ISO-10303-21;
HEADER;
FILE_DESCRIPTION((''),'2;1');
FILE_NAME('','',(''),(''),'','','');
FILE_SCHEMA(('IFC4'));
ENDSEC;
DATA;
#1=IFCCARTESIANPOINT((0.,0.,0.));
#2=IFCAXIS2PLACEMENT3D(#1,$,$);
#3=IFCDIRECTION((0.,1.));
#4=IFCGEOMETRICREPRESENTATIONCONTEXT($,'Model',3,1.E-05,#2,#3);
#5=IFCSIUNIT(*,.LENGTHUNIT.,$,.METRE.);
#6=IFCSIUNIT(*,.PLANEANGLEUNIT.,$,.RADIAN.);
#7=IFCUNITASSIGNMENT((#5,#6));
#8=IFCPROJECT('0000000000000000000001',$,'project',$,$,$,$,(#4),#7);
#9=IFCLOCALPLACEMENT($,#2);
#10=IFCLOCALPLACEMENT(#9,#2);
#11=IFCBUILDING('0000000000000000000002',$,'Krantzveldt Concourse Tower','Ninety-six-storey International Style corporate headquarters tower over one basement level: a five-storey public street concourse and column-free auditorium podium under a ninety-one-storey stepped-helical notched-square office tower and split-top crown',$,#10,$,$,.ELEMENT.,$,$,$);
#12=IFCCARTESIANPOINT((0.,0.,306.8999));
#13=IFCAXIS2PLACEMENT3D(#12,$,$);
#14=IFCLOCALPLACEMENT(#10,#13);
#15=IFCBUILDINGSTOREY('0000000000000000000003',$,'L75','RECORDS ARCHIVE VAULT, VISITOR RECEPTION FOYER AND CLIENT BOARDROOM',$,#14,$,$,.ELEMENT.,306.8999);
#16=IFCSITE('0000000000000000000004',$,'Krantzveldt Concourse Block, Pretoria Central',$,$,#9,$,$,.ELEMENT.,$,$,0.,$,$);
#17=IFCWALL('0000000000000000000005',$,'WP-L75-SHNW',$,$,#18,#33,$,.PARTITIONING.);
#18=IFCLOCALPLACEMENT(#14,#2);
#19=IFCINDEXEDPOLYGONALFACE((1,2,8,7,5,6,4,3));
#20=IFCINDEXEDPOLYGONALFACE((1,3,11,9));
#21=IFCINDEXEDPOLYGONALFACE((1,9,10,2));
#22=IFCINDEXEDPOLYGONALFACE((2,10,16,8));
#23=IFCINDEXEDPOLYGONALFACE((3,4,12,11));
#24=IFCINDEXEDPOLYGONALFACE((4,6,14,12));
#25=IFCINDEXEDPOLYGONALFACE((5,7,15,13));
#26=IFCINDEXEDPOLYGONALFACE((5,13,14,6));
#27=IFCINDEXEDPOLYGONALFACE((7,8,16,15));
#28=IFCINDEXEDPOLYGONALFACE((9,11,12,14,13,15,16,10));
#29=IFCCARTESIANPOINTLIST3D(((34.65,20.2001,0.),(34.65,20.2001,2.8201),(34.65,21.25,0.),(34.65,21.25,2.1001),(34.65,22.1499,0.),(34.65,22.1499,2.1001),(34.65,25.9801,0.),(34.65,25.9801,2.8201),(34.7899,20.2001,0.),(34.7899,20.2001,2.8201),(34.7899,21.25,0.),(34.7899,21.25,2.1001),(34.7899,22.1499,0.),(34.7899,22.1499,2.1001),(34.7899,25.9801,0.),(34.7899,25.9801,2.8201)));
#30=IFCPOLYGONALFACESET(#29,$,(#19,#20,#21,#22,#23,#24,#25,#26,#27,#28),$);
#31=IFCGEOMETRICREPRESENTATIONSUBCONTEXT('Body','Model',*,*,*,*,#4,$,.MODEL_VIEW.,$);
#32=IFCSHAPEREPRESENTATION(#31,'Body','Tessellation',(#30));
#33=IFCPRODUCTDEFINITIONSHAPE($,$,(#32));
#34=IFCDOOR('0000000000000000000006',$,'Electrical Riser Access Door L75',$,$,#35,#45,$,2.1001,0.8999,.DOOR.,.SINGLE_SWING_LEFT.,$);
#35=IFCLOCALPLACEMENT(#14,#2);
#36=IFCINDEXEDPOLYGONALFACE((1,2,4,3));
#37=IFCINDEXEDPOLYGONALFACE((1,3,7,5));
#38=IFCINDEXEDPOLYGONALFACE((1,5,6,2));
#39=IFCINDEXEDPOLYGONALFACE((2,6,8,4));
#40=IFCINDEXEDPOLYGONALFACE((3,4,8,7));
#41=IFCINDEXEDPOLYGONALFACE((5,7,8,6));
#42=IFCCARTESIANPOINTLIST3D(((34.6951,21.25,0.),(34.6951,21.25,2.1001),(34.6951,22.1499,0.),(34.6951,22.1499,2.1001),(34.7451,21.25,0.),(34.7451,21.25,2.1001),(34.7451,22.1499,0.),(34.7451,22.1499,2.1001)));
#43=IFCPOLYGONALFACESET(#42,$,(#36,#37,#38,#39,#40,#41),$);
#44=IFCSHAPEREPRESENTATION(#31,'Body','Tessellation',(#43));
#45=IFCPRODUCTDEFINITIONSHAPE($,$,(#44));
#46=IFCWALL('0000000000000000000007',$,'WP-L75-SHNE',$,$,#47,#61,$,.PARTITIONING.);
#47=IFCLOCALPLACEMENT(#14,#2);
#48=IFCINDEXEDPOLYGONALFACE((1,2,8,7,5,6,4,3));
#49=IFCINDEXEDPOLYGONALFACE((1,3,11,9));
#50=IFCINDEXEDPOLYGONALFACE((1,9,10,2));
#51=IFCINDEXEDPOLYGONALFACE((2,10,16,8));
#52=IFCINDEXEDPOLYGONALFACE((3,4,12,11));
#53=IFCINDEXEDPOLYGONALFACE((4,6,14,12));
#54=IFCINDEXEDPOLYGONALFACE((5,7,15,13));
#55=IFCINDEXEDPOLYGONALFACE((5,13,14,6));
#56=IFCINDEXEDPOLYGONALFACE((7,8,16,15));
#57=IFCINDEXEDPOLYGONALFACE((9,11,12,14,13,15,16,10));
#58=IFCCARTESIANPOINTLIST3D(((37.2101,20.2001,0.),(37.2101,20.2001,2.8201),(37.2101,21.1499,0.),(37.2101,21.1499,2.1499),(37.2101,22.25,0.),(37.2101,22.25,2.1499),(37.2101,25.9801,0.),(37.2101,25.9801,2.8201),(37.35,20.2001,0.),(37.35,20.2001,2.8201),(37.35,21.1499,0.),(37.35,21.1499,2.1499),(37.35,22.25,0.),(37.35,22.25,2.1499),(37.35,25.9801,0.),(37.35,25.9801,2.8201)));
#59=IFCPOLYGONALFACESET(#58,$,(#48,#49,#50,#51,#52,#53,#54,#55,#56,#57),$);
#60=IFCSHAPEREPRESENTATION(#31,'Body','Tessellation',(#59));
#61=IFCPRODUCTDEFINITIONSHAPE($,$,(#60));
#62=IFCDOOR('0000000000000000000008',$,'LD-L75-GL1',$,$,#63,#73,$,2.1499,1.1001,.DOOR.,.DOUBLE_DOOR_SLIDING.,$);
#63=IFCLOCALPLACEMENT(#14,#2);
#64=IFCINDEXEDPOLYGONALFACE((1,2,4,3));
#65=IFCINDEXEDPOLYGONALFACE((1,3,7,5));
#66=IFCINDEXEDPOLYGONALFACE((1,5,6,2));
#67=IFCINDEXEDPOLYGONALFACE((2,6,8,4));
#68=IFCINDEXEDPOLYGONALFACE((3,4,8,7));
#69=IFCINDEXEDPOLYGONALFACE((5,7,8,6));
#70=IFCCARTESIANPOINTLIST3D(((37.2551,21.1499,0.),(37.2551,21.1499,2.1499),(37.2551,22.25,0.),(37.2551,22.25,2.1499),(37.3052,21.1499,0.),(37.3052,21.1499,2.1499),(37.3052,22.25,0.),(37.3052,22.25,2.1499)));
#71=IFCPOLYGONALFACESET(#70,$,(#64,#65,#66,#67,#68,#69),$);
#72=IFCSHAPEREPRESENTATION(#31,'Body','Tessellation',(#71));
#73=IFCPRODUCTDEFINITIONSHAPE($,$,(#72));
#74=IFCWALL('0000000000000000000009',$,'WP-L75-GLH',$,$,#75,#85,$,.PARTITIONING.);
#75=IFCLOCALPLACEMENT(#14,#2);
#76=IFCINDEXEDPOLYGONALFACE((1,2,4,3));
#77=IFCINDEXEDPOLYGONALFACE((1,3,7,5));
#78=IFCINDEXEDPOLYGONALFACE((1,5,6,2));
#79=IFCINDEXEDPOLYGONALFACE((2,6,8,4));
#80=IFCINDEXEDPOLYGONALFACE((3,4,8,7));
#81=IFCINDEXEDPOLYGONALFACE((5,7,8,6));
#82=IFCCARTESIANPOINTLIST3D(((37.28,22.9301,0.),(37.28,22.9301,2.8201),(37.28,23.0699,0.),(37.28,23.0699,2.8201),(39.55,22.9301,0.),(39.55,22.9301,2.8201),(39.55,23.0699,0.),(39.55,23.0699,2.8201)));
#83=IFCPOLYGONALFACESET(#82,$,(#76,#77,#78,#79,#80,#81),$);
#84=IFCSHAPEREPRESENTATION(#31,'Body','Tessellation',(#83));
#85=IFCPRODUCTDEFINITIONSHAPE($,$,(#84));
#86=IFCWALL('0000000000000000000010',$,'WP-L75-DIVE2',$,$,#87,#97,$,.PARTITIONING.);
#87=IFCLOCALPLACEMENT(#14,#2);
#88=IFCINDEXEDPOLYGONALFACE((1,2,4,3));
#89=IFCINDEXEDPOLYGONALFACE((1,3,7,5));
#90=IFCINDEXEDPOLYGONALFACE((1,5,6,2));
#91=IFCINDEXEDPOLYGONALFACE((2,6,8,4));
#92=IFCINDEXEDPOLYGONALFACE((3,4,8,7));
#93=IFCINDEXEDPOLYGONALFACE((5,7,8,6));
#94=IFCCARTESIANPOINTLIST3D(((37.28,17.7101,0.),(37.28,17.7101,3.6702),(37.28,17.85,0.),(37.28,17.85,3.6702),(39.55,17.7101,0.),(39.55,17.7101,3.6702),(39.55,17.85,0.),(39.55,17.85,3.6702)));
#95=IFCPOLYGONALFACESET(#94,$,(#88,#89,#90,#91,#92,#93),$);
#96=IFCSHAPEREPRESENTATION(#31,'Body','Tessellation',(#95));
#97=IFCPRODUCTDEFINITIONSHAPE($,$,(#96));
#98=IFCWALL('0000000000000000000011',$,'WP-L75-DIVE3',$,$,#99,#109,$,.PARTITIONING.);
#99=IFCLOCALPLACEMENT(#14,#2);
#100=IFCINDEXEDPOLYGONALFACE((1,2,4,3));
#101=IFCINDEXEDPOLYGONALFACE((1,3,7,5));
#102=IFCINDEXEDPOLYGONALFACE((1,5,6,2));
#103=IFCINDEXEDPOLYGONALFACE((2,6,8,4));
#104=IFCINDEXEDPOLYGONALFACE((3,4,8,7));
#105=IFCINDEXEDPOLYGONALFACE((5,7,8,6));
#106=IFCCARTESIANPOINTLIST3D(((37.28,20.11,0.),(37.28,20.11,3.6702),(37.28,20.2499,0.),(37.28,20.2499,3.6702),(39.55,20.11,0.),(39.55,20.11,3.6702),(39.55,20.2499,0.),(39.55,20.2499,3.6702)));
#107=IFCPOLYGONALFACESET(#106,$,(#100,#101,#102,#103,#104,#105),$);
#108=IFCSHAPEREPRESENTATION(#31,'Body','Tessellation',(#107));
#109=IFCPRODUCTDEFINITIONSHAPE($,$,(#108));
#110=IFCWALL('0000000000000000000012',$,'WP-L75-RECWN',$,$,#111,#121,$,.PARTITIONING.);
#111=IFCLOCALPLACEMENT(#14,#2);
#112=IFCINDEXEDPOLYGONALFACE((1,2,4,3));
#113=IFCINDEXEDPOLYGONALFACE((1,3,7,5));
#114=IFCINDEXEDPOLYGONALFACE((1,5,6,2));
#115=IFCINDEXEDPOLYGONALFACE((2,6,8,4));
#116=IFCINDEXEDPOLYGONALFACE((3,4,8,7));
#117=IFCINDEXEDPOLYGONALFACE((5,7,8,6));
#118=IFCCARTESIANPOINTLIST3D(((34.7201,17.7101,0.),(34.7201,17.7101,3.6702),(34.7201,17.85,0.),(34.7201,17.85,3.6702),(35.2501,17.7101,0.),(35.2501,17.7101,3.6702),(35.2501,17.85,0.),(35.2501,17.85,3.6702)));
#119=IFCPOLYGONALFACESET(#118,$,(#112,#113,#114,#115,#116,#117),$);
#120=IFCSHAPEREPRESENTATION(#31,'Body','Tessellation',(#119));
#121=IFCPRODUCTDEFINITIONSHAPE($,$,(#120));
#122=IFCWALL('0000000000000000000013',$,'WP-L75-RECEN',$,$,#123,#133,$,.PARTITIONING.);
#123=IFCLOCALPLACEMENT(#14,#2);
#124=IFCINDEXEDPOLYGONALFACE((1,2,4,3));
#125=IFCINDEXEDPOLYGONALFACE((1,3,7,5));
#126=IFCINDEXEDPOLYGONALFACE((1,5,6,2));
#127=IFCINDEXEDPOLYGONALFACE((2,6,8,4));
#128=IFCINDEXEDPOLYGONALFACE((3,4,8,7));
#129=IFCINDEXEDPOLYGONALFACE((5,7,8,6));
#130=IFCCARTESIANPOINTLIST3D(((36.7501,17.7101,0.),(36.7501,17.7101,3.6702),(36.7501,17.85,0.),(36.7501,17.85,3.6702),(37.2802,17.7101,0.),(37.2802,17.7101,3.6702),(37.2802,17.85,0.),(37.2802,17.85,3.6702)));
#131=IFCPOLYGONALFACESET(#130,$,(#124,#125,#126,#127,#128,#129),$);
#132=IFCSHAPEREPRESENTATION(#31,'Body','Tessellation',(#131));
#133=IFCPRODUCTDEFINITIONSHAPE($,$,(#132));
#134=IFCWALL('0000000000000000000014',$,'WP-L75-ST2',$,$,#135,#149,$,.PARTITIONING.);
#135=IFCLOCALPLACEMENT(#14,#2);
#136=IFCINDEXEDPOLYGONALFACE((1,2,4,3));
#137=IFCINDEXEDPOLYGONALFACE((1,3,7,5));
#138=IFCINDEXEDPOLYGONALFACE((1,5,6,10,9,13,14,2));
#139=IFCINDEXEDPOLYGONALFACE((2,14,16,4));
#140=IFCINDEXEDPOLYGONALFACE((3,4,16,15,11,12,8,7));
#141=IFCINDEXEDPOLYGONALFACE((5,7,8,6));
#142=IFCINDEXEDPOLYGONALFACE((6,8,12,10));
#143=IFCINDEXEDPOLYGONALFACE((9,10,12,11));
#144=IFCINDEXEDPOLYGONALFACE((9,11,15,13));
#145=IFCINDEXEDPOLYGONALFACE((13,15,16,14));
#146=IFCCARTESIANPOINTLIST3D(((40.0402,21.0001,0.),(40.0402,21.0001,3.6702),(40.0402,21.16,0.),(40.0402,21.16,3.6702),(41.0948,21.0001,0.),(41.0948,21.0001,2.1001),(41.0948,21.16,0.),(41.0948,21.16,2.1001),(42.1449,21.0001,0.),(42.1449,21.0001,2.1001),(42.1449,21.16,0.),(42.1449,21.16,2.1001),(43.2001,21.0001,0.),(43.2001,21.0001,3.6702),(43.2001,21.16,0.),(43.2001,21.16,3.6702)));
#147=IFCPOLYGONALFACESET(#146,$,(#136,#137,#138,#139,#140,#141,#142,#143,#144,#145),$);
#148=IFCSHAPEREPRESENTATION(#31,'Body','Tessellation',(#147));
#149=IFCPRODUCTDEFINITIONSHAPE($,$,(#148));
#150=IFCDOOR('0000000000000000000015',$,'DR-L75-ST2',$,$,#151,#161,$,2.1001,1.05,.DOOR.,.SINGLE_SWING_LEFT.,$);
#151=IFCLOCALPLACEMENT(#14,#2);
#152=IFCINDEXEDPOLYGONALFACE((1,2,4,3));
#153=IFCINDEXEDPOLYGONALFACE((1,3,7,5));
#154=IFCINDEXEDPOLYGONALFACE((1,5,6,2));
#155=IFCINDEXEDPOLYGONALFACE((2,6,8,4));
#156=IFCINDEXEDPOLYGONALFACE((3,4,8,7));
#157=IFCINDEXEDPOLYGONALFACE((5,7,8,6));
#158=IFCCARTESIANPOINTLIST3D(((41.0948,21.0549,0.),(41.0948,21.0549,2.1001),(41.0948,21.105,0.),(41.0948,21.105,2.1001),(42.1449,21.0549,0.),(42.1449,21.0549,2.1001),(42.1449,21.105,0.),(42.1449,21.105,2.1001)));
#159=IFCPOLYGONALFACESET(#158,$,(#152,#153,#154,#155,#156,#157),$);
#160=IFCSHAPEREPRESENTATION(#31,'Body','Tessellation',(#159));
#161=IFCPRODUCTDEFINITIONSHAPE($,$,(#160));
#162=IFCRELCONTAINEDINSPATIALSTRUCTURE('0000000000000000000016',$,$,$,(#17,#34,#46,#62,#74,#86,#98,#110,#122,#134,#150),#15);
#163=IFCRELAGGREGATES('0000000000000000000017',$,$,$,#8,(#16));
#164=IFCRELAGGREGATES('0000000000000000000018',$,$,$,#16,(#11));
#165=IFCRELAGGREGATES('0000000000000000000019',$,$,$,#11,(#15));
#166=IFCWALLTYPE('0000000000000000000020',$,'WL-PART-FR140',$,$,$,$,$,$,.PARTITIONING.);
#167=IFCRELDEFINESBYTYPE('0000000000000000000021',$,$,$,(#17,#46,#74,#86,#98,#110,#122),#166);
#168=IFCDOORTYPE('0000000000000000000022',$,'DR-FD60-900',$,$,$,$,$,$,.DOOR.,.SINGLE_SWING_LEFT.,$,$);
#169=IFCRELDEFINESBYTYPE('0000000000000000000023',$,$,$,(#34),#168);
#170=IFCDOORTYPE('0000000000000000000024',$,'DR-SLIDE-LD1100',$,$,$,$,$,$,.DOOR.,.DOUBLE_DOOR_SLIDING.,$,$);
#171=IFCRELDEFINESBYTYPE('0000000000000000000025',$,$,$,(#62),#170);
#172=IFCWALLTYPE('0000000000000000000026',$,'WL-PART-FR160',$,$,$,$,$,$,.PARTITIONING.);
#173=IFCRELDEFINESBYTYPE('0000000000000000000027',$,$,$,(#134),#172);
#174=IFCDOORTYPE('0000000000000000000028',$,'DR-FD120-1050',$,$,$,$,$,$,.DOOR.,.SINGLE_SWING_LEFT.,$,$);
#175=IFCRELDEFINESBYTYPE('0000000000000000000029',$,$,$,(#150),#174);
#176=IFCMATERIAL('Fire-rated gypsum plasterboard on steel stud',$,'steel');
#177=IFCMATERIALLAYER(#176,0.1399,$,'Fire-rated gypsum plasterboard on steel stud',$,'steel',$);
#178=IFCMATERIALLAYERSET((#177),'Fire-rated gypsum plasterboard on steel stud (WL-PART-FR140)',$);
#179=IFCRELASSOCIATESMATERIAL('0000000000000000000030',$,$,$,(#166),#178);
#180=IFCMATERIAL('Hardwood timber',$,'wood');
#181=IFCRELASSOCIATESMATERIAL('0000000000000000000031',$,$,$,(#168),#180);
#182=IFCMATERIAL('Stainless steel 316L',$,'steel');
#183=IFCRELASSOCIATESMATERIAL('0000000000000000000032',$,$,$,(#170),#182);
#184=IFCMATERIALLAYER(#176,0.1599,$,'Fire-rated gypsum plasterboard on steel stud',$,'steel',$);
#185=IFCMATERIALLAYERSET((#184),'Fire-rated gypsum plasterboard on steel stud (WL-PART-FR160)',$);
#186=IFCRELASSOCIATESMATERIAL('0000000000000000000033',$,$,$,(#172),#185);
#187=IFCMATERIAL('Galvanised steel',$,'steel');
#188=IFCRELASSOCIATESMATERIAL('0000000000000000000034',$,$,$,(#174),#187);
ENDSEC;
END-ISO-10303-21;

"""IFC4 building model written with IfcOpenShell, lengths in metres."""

from ifc_helpers import new_model, si_unit, direction, frame, frame_2d, origin, place, context, subcontext, project, spatial, rectangle, extrude, material, layer, layer_set, type_object, element, fill, save


model = new_model("IFC4")

# Units and contexts
model_context = context("Model", 3, precision=1e-05, world=origin(), true_north=direction((0.0, 1.0)))
body_context = subcontext(model_context, "Body", "Model", "MODEL_VIEW")
ifc_project = project(units=[si_unit("LENGTHUNIT", "METRE"), si_unit("PLANEANGLEUNIT", "RADIAN")], contexts=[model_context])

# Site, building, storey
site_placement = place(None, origin())
site = spatial("IfcSite", under=ifc_project, at=site_placement, Name="Krantzveldt Concourse Block, Pretoria Central", CompositionType="ELEMENT", RefElevation=0.0)
building_placement = place(site_placement, origin())
building = spatial("IfcBuilding", under=site, at=building_placement, Name="Krantzveldt Concourse Tower", Description="Ninety-six-storey International Style corporate headquarters tower over one basement level: a five-storey public street concourse and column-free auditorium podium under a ninety-one-storey stepped-helical notched-square office tower and split-top crown", CompositionType="ELEMENT")
storey_placement = place(building_placement, frame((0.0, 0.0, 306.8999)))
storey = spatial("IfcBuildingStorey", under=building, at=storey_placement, Name="L75", Description="RECORDS ARCHIVE VAULT, VISITOR RECEPTION FOYER AND CLIENT BOARDROOM", CompositionType="ELEMENT", Elevation=306.8999)

# Walls, openings, doors
ifc_material_1 = material(Name="Fire-rated gypsum plasterboard on steel stud", Category="steel")
ifc_layer_1 = layer(ifc_material_1, 0.1399, Name="Fire-rated gypsum plasterboard on steel stud", Category="steel")
ifc_layer_set_1 = layer_set([ifc_layer_1], Name="Fire-rated gypsum plasterboard on steel stud (WL-PART-FR140)")
wall_type_1 = type_object("IfcWallType", Name="WL-PART-FR140", PredefinedType="PARTITIONING", material=ifc_layer_set_1)
wall_1_placement = place(storey_placement, frame((34.72, 20.2, 0.0), z_axis=(0.0, 0.0, 1.0), x_axis=(0.0, 1.0, 0.0)))
wall_1 = element("IfcWall", 1, at=wall_1_placement, inside=storey, type_object=wall_type_1, Name="WP-L75-SHNW", PredefinedType="PARTITIONING", context=body_context, shape_type="SweptSolid", body=[
    extrude(rectangle(XDim=5.78, YDim=0.1399, at=frame_2d((2.8901, 0.0))), origin(), (0.0, 0.0, 1.0), 2.8201),
])
opening_1_placement = place(wall_1_placement, frame((1.05, 0.0, 0.0)))
opening_1 = element("IfcOpeningElement", 2, at=opening_1_placement, cuts=wall_1, PredefinedType="OPENING", context=body_context, shape_type="SweptSolid", body=[
    extrude(rectangle(XDim=0.8999, YDim=2.1001, at=frame_2d((0.45, 1.05))), frame((0.0, 0.0801, 0.0), z_axis=(0.0, -1.0, 0.0), x_axis=(1.0, 0.0, 0.0)), (0.0, 0.0, 1.0), 0.1599),
])
ifc_material_2 = material(Name="Hardwood timber", Category="wood")
door_type_1 = type_object("IfcDoorType", Name="DR-FD60-900", OperationType="SINGLE_SWING_LEFT", PredefinedType="DOOR", material=ifc_material_2)
door_1_placement = place(opening_1_placement, origin())
door_1 = element("IfcDoor", 3, at=door_1_placement, inside=storey, type_object=door_type_1, Name="Electrical Riser Access Door L75", OperationType="SINGLE_SWING_LEFT", OverallHeight=2.1001, OverallWidth=0.8999, PredefinedType="DOOR", context=body_context, shape_type="SweptSolid", body=[
    extrude(rectangle(XDim=0.8999, YDim=2.1001, at=frame_2d((0.45, 1.05))), frame((0.0, 0.0249, 0.0), z_axis=(0.0, -1.0, 0.0), x_axis=(1.0, 0.0, 0.0)), (0.0, 0.0, 1.0), 0.05),
])
fill(opening_1, door_1)
wall_2_placement = place(storey_placement, frame((37.28, 20.2, 0.0), z_axis=(0.0, 0.0, 1.0), x_axis=(0.0, 1.0, 0.0)))
wall_2 = element("IfcWall", 4, at=wall_2_placement, inside=storey, type_object=wall_type_1, Name="WP-L75-SHNE", PredefinedType="PARTITIONING", context=body_context, shape_type="SweptSolid", body=[
    extrude(rectangle(XDim=5.78, YDim=0.1399, at=frame_2d((2.8901, 0.0))), origin(), (0.0, 0.0, 1.0), 2.8201),
])
opening_2_placement = place(wall_2_placement, frame((0.95, 0.0, 0.0)))
opening_2 = element("IfcOpeningElement", 5, at=opening_2_placement, cuts=wall_2, PredefinedType="OPENING", context=body_context, shape_type="SweptSolid", body=[
    extrude(rectangle(XDim=1.1001, YDim=2.1499, at=frame_2d((0.55, 1.075))), frame((0.0, 0.0801, 0.0), z_axis=(0.0, -1.0, 0.0), x_axis=(1.0, 0.0, 0.0)), (0.0, 0.0, 1.0), 0.1599),
])
ifc_material_3 = material(Name="Stainless steel 316L", Category="steel")
door_type_2 = type_object("IfcDoorType", Name="DR-SLIDE-LD1100", OperationType="DOUBLE_DOOR_SLIDING", PredefinedType="DOOR", material=ifc_material_3)
door_2_placement = place(opening_2_placement, origin())
door_2 = element("IfcDoor", 6, at=door_2_placement, inside=storey, type_object=door_type_2, Name="LD-L75-GL1", OperationType="DOUBLE_DOOR_SLIDING", OverallHeight=2.1499, OverallWidth=1.1001, PredefinedType="DOOR", context=body_context, shape_type="SweptSolid", body=[
    extrude(rectangle(XDim=1.1001, YDim=2.1499, at=frame_2d((0.55, 1.075))), frame((0.0, 0.0249, 0.0), z_axis=(0.0, -1.0, 0.0), x_axis=(1.0, 0.0, 0.0)), (0.0, 0.0, 1.0), 0.05),
])
fill(opening_2, door_2)

# Wall
wall_3_placement = place(storey_placement, frame((37.28, 23.0, 0.0), z_axis=(0.0, 0.0, 1.0), x_axis=(1.0, 0.0, 0.0)))
element("IfcWall", 7, at=wall_3_placement, inside=storey, type_object=wall_type_1, Name="WP-L75-GLH", PredefinedType="PARTITIONING", context=body_context, shape_type="SweptSolid", body=[
    extrude(rectangle(XDim=2.27, YDim=0.1399, at=frame_2d((1.135, 0.0))), origin(), (0.0, 0.0, 1.0), 2.8201),
])

# Walls
for number, where, z_axis, x_axis, name in (
    (8, (37.28, 17.78, 0.0), (0.0, 0.0, 1.0), (1.0, 0.0, 0.0), "WP-L75-DIVE2"),
    (9, (37.28, 20.1799, 0.0), (0.0, 0.0, 1.0), (1.0, 0.0, 0.0), "WP-L75-DIVE3"),
):
    element("IfcWall", number, at=place(storey_placement, frame(where, z_axis=z_axis, x_axis=x_axis)), inside=storey, type_object=wall_type_1, Name=name, PredefinedType="PARTITIONING", context=body_context, shape_type="SweptSolid", body=[
        extrude(rectangle(XDim=2.27, YDim=0.1399, at=frame_2d((1.135, 0.0))), origin(), (0.0, 0.0, 1.0), 3.6702),
    ])
for number, where, z_axis, x_axis, name in (
    (10, (34.72, 17.78, 0.0), (0.0, 0.0, 1.0), (1.0, 0.0, 0.0), "WP-L75-RECWN"),
    (11, (36.75, 17.78, 0.0), (0.0, 0.0, 1.0), (1.0, 0.0, 0.0), "WP-L75-RECEN"),
):
    element("IfcWall", number, at=place(storey_placement, frame(where, z_axis=z_axis, x_axis=x_axis)), inside=storey, type_object=wall_type_1, Name=name, PredefinedType="PARTITIONING", context=body_context, shape_type="SweptSolid", body=[
        extrude(rectangle(XDim=0.53, YDim=0.1399, at=frame_2d((0.2651, 0.0))), origin(), (0.0, 0.0, 1.0), 3.6702),
    ])

# Wall, opening, door
ifc_layer_2 = layer(ifc_material_1, 0.1599, Name="Fire-rated gypsum plasterboard on steel stud", Category="steel")
ifc_layer_set_2 = layer_set([ifc_layer_2], Name="Fire-rated gypsum plasterboard on steel stud (WL-PART-FR160)")
wall_type_2 = type_object("IfcWallType", Name="WL-PART-FR160", PredefinedType="PARTITIONING", material=ifc_layer_set_2)
wall_4_placement = place(storey_placement, frame((40.04, 21.0801, 0.0), z_axis=(0.0, 0.0, 1.0), x_axis=(1.0, 0.0, 0.0)))
wall_4 = element("IfcWall", 12, at=wall_4_placement, inside=storey, type_object=wall_type_2, Name="WP-L75-ST2", PredefinedType="PARTITIONING", context=body_context, shape_type="SweptSolid", body=[
    extrude(rectangle(XDim=3.1599, YDim=0.1599, at=frame_2d((1.5801, 0.0))), origin(), (0.0, 0.0, 1.0), 3.6702),
])
opening_3_placement = place(wall_4_placement, frame((1.0549, 0.0, 0.0)))
opening_3 = element("IfcOpeningElement", 13, at=opening_3_placement, cuts=wall_4, PredefinedType="OPENING", context=body_context, shape_type="SweptSolid", body=[
    extrude(rectangle(XDim=1.05, YDim=2.1001, at=frame_2d((0.5249, 1.05))), frame((0.0, 0.0898, 0.0), z_axis=(0.0, -1.0, 0.0), x_axis=(1.0, 0.0, 0.0)), (0.0, 0.0, 1.0), 0.1799),
])
ifc_material_4 = material(Name="Galvanised steel", Category="steel")
door_type_3 = type_object("IfcDoorType", Name="DR-FD120-1050", OperationType="SINGLE_SWING_LEFT", PredefinedType="DOOR", material=ifc_material_4)
door_3_placement = place(opening_3_placement, origin())
door_3 = element("IfcDoor", 14, at=door_3_placement, inside=storey, type_object=door_type_3, Name="DR-L75-ST2", OperationType="SINGLE_SWING_LEFT", OverallHeight=2.1001, OverallWidth=1.05, PredefinedType="DOOR", context=body_context, shape_type="SweptSolid", body=[
    extrude(rectangle(XDim=1.05, YDim=2.1001, at=frame_2d((0.5249, 1.05))), frame((0.0, 0.0249, 0.0), z_axis=(0.0, -1.0, 0.0), x_axis=(1.0, 0.0, 0.0)), (0.0, 0.0, 1.0), 0.05),
])
fill(opening_3, door_3)

save(model, "model.ifc")
